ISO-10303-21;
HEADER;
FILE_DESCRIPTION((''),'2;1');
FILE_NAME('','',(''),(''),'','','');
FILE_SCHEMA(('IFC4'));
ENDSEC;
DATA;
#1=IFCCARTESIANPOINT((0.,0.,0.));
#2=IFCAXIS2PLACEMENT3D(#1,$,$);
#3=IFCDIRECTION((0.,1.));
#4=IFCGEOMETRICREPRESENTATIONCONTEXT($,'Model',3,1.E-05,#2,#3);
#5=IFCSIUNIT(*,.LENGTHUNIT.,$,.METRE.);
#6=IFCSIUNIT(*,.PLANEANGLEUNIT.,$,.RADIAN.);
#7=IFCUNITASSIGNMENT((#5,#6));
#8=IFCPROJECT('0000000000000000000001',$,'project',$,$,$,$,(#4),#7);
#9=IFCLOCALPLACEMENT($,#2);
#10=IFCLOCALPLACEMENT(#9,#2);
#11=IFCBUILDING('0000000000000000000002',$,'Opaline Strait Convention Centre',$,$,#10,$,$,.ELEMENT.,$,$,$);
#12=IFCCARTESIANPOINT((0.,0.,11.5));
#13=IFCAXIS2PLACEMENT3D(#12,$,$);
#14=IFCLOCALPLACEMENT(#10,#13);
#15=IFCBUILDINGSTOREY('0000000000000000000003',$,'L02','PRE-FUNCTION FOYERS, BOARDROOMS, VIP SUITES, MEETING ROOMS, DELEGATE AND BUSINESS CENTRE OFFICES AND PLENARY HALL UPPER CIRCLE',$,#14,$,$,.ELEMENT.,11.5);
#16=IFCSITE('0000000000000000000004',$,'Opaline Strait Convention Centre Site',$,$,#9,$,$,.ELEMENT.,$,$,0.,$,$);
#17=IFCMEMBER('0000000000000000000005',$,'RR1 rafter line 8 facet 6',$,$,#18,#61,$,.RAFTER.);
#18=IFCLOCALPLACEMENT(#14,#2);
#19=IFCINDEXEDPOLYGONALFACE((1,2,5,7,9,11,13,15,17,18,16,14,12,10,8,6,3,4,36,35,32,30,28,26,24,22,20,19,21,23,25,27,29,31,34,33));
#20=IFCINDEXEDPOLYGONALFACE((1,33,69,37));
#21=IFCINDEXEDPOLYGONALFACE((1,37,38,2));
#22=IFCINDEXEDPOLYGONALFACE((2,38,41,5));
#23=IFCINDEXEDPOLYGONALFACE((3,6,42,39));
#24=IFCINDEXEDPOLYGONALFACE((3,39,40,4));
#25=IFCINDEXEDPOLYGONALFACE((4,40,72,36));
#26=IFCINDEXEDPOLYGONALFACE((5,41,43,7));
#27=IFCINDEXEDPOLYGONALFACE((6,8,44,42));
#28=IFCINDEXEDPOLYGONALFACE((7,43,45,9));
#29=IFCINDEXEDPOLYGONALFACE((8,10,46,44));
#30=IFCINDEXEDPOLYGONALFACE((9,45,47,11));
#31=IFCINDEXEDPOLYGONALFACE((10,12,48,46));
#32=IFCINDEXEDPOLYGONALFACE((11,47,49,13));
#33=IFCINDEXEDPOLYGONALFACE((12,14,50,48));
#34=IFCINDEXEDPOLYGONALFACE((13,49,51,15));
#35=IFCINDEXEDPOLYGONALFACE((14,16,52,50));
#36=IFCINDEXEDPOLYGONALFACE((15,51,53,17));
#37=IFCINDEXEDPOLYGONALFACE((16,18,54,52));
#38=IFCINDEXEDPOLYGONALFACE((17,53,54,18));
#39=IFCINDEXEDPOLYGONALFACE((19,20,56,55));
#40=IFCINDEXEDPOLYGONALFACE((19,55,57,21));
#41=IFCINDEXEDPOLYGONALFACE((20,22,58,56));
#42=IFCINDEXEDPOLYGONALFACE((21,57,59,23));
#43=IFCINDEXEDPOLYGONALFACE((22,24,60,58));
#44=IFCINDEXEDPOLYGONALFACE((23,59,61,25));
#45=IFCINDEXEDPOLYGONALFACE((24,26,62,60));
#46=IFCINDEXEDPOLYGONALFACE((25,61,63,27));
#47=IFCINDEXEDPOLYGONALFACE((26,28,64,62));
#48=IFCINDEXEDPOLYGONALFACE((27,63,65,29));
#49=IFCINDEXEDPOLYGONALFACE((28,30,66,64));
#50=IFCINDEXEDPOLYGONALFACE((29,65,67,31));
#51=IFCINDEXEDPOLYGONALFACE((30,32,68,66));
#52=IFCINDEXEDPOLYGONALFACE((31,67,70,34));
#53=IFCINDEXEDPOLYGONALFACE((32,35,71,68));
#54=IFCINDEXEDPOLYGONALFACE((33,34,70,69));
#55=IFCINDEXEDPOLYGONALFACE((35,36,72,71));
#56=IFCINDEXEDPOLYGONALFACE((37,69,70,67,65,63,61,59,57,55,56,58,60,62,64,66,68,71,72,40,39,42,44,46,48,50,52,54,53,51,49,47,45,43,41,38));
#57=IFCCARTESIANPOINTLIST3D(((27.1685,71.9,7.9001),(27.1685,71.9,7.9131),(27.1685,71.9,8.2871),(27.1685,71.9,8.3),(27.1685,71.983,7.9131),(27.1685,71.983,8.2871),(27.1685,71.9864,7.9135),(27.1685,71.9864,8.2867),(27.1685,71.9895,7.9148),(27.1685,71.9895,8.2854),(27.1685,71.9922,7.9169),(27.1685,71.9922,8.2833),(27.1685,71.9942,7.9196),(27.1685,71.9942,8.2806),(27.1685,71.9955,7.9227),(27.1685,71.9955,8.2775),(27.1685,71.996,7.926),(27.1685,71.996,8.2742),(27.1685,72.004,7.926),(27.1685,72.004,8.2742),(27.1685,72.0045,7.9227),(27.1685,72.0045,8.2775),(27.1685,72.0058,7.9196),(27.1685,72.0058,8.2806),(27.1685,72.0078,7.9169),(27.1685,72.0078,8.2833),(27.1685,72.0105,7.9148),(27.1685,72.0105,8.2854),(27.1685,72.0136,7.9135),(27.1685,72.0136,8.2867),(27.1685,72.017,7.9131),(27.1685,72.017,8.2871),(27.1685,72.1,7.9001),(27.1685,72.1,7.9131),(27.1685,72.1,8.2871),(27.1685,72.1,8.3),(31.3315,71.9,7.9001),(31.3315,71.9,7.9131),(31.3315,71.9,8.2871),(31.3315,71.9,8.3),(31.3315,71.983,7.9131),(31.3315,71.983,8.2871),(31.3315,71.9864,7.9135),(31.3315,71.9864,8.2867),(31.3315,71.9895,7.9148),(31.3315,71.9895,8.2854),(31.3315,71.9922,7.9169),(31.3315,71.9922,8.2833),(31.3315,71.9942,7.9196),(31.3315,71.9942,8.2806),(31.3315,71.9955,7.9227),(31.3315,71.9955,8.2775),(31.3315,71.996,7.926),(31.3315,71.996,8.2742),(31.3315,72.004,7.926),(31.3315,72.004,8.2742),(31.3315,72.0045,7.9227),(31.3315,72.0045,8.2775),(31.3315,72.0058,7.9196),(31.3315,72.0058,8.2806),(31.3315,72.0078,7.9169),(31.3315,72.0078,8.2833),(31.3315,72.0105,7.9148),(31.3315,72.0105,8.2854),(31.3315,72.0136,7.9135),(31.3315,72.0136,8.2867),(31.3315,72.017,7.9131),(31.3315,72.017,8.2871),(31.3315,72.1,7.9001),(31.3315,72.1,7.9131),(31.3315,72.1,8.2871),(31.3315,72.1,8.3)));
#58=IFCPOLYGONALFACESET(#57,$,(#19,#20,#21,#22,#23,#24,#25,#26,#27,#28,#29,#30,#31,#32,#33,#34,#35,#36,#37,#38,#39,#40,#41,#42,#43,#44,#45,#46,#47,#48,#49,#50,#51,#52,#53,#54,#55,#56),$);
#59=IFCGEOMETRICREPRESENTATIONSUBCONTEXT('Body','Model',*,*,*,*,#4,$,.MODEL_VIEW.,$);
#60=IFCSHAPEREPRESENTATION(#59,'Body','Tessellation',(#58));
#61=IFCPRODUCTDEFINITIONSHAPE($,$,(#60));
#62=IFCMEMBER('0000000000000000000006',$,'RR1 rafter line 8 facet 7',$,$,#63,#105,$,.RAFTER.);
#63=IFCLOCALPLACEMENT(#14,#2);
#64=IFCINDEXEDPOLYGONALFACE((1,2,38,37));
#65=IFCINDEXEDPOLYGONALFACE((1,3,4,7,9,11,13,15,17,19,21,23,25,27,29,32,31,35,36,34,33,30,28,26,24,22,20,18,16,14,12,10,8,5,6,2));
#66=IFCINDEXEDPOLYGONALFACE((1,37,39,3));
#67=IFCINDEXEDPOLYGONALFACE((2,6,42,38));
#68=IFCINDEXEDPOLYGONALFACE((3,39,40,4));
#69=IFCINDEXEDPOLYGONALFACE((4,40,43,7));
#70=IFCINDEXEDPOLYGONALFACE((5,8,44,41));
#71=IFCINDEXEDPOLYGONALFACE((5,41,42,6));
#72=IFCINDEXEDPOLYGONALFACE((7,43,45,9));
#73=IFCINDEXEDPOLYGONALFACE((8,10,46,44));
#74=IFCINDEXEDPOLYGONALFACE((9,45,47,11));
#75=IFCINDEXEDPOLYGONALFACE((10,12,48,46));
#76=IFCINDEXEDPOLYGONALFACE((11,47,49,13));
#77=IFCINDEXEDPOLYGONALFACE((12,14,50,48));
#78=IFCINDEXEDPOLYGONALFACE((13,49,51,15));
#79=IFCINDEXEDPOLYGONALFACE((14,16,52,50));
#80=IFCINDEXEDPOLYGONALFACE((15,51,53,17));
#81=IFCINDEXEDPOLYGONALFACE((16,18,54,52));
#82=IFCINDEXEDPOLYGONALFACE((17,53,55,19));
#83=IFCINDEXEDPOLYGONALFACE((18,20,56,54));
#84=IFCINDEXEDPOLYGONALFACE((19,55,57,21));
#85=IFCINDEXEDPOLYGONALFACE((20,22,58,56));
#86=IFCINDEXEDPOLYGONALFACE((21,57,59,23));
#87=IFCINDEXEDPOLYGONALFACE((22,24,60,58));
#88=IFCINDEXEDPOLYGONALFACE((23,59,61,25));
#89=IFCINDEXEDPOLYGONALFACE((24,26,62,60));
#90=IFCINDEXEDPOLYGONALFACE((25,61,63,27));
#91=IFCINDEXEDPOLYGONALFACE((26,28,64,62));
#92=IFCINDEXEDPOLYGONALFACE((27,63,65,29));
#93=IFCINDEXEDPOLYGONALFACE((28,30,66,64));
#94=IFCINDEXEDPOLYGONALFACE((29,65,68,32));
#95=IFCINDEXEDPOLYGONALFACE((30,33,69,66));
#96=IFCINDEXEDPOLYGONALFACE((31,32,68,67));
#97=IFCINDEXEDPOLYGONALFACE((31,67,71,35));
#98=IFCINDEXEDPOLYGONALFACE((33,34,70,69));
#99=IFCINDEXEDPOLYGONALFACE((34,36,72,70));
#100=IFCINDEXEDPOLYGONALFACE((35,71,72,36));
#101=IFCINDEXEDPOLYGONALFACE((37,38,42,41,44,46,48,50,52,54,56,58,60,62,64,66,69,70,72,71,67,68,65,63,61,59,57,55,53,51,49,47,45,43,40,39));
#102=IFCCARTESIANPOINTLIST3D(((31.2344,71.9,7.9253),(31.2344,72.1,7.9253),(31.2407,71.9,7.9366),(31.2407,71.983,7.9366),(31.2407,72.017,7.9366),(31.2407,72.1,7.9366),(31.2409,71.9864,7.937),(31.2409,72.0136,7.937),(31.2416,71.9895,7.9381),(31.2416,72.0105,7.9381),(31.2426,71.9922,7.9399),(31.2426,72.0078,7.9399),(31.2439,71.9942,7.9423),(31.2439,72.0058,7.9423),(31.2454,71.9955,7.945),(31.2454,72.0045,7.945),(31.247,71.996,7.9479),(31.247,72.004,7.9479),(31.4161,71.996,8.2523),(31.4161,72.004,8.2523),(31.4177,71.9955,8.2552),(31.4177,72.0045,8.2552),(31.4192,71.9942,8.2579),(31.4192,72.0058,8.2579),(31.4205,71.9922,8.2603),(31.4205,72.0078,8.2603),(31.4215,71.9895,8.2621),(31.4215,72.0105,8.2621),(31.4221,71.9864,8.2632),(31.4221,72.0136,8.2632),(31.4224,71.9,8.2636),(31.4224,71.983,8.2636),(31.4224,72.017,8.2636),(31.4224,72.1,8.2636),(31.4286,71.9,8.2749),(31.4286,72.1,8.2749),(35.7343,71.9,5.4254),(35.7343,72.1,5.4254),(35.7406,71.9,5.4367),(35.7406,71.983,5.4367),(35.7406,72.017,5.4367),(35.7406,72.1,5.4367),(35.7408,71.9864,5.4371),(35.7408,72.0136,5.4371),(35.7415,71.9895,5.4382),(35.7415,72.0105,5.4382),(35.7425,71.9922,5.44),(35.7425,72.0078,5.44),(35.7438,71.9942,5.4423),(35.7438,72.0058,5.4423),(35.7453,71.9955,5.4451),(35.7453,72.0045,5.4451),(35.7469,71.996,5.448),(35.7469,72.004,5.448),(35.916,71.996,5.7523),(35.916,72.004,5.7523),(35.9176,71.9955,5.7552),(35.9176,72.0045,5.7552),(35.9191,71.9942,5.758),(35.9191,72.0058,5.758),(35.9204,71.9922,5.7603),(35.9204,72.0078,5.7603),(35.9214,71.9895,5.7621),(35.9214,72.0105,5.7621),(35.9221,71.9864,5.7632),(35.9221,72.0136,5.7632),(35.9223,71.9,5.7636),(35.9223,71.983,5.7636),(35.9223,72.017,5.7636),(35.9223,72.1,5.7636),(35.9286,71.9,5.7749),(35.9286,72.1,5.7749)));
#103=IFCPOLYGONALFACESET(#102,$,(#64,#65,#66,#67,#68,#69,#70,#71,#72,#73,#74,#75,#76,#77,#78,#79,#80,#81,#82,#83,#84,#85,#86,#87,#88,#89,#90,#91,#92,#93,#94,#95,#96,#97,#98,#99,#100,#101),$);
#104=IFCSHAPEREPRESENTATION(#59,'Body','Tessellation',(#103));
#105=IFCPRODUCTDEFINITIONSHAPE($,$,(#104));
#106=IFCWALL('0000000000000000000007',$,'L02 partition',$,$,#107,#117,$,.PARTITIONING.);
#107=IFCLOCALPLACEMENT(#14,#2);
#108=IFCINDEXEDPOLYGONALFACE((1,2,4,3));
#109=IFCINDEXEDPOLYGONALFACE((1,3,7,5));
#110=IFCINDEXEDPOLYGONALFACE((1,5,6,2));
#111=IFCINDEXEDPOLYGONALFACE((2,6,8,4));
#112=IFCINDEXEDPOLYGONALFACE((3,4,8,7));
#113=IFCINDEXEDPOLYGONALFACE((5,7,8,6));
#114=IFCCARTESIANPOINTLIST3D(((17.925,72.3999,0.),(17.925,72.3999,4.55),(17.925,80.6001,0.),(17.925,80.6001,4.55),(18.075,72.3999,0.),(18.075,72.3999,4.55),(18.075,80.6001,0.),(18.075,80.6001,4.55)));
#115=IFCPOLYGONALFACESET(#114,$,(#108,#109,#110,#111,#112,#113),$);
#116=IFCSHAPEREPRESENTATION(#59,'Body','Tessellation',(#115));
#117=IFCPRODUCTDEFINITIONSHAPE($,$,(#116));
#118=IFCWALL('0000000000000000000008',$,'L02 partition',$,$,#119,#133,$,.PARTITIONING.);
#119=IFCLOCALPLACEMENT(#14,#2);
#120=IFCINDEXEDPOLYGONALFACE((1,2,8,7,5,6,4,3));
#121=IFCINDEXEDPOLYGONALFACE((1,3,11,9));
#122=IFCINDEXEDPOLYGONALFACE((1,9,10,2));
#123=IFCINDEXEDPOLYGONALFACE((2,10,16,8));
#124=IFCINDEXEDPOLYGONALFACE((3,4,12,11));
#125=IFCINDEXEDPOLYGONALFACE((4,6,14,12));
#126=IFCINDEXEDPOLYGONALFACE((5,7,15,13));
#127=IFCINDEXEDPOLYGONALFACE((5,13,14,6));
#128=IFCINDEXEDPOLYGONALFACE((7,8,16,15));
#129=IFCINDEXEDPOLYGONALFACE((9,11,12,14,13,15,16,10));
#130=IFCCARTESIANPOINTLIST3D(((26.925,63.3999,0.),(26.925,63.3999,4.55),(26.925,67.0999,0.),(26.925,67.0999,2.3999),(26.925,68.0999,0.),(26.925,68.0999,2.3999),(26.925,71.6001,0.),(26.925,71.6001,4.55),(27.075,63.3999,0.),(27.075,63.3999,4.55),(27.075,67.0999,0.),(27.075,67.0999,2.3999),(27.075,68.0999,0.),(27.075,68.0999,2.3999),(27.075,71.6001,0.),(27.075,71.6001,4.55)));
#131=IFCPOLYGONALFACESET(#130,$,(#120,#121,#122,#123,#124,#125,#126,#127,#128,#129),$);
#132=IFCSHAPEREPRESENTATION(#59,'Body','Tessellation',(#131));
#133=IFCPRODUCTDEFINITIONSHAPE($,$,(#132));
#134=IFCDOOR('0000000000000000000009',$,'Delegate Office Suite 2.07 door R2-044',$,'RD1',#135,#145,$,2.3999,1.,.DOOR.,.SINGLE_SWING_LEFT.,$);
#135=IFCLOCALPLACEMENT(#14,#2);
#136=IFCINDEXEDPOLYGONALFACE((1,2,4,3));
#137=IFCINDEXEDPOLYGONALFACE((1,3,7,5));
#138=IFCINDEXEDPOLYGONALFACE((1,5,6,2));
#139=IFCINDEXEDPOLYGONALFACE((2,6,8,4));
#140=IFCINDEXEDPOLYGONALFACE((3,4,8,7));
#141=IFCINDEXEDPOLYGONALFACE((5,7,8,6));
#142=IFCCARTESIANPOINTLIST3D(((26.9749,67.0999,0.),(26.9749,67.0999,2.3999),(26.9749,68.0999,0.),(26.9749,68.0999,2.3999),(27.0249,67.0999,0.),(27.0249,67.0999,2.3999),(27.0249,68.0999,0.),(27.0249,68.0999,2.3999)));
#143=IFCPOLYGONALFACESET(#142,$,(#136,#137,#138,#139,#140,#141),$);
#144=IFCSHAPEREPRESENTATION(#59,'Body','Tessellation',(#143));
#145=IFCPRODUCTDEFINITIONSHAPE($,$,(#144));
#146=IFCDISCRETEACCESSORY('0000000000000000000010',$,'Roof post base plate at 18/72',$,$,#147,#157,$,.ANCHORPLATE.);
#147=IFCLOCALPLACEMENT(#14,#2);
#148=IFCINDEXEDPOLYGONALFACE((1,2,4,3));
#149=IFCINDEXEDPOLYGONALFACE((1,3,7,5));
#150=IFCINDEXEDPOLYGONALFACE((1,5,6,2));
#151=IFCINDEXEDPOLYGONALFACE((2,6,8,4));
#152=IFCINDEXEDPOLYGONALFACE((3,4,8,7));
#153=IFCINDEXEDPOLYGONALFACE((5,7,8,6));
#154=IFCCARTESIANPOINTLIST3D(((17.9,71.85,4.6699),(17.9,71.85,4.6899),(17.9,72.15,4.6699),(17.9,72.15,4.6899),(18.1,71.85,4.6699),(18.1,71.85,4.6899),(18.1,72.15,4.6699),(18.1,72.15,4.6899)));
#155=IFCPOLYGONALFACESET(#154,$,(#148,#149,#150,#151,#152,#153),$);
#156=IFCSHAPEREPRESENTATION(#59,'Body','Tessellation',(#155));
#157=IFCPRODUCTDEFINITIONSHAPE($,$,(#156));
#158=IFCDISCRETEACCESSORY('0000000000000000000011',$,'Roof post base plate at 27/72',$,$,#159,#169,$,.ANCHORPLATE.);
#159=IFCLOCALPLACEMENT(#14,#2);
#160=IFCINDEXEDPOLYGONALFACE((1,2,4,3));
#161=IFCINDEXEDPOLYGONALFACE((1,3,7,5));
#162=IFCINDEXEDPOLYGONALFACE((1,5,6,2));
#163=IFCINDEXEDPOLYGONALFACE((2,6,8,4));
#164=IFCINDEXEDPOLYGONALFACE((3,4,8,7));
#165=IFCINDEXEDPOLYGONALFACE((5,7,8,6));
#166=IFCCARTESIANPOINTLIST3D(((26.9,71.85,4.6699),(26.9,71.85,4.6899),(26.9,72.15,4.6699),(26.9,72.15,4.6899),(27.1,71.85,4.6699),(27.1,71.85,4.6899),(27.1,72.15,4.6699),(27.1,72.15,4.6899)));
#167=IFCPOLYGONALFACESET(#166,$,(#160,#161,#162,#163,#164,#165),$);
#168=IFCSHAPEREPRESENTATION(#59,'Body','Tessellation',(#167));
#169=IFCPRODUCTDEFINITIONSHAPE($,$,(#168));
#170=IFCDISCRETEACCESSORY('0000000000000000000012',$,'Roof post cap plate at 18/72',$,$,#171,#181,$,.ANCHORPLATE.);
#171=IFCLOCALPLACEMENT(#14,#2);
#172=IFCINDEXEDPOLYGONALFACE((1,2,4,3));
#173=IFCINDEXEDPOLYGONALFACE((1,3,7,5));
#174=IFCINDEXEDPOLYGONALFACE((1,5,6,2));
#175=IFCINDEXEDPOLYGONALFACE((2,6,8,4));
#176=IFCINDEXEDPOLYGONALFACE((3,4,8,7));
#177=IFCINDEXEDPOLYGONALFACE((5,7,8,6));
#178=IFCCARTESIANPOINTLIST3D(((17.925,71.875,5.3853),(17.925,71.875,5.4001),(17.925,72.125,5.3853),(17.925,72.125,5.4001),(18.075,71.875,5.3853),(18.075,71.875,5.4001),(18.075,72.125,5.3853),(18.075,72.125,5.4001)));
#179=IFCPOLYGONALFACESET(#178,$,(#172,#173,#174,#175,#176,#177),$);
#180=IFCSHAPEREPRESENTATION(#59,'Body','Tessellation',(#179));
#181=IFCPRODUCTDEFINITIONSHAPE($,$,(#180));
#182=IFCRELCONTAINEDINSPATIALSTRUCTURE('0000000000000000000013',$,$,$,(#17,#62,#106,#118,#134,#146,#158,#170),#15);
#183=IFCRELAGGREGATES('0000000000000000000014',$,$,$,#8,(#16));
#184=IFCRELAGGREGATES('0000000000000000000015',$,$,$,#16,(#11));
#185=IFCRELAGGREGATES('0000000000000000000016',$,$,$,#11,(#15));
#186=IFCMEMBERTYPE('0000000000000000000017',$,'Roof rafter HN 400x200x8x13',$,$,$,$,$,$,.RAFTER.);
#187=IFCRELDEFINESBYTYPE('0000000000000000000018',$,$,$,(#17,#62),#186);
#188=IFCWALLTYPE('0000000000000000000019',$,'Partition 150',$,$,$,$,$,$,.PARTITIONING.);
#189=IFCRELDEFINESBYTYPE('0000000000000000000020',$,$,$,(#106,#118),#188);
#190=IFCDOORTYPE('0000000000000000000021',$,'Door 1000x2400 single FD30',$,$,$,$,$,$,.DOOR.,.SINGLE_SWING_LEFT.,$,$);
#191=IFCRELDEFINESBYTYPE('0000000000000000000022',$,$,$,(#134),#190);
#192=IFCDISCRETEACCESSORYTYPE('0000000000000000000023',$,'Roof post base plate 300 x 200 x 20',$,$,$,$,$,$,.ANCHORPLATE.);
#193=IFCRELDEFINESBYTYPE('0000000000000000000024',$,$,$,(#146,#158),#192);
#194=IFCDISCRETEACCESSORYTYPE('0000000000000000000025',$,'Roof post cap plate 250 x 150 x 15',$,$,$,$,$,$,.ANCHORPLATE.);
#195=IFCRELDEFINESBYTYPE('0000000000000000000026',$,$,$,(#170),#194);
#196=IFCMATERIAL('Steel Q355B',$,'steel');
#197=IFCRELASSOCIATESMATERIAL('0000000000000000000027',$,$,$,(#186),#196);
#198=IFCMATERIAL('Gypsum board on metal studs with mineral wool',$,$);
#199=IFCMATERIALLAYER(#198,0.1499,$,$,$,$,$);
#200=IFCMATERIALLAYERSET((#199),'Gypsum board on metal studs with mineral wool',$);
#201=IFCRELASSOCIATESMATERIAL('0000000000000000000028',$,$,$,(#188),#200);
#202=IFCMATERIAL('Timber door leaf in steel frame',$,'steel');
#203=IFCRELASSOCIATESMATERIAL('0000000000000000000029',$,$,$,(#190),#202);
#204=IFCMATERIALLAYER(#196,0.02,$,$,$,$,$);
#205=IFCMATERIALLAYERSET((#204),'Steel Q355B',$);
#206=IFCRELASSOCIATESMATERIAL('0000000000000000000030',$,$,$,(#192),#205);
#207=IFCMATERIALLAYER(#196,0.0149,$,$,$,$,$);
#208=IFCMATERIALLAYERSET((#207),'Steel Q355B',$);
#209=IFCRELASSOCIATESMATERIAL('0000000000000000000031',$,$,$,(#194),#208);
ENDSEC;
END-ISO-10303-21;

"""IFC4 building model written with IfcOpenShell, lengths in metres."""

from ifc_helpers import new_model, si_unit, direction, frame, frame_2d, origin, origin_2d, place, context, subcontext, project, spatial, rectangle, i_section, extrude, material, layer, layer_set, material_profile, profile_set, type_object, element, fill, save


model = new_model("IFC4")

# Units and contexts
model_context = context("Model", 3, precision=1e-05, world=origin(), true_north=direction((0.0, 1.0)))
body_context = subcontext(model_context, "Body", "Model", "MODEL_VIEW")
ifc_project = project(units=[si_unit("LENGTHUNIT", "METRE"), si_unit("PLANEANGLEUNIT", "RADIAN")], contexts=[model_context])

# Site, building, storey
site_placement = place(None, origin())
site = spatial("IfcSite", under=ifc_project, at=site_placement, Name="Opaline Strait Convention Centre Site", CompositionType="ELEMENT", RefElevation=0.0)
building_placement = place(site_placement, origin())
building = spatial("IfcBuilding", under=site, at=building_placement, Name="Opaline Strait Convention Centre", CompositionType="ELEMENT")
storey_placement = place(building_placement, frame((0.0, 0.0, 11.5)))
storey = spatial("IfcBuildingStorey", under=building, at=storey_placement, Name="L02", Description="PRE-FUNCTION FOYERS, BOARDROOMS, VIP SUITES, MEETING ROOMS, DELEGATE AND BUSINESS CENTRE OFFICES AND PLENARY HALL UPPER CIRCLE", CompositionType="ELEMENT", Elevation=11.5)

# Shared definitions
ifc_material_1 = material(Name="Steel Q355B", Category="steel")

# Members
ifc_material_profile_1 = material_profile(ifc_material_1, i_section(OverallWidth=0.2, OverallDepth=0.3999, WebThickness=0.0081, FlangeThickness=0.0129, FilletRadius=0.0129, at=origin_2d()), Name="HN 400x200x8x13")
ifc_profile_set_1 = profile_set([ifc_material_profile_1], Name="Steel Q355B")
member_type_1 = type_object("IfcMemberType", Name="Roof rafter HN 400x200x8x13", PredefinedType="RAFTER", material=ifc_profile_set_1)
member_1_placement = place(storey_placement, frame((27.1685, 72.0, 8.1001), z_axis=(1.0, 0.0, 0.0), x_axis=(0.0, 1.0, 0.0)))
element("IfcMember", 1, at=member_1_placement, inside=storey, type_object=member_type_1, Name="RR1 rafter line 8 facet 6", PredefinedType="RAFTER", context=body_context, shape_type="SweptSolid", body=[
    extrude(i_section(OverallWidth=0.2, OverallDepth=0.3999, WebThickness=0.0081, FlangeThickness=0.0129, FilletRadius=0.0129, at=origin_2d()), origin(), (0.0, 0.0, 1.0), 4.1631),
])
member_2_placement = place(storey_placement, frame((31.3315, 72.0, 8.1001), z_axis=(0.874157, 0.0, -0.485643), x_axis=(0.0, 1.0, 0.0)))
element("IfcMember", 2, at=member_2_placement, inside=storey, type_object=member_type_1, Name="RR1 rafter line 8 facet 7", PredefinedType="RAFTER", context=body_context, shape_type="SweptSolid", body=[
    extrude(i_section(OverallWidth=0.2, OverallDepth=0.3999, WebThickness=0.0081, FlangeThickness=0.0129, FilletRadius=0.0129, at=origin_2d()), origin(), (0.0, 0.0, 1.0), 5.1477),
])

# Wall
ifc_material_2 = material(Name="Gypsum board on metal studs with mineral wool")
ifc_layer_1 = layer(ifc_material_2, 0.1499)
ifc_layer_set_1 = layer_set([ifc_layer_1], Name="Gypsum board on metal studs with mineral wool")
wall_type = type_object("IfcWallType", Name="Partition 150", PredefinedType="PARTITIONING", material=ifc_layer_set_1)
wall_1_placement = place(storey_placement, frame((18.0, 72.3999, 0.0), z_axis=(0.0, 0.0, 1.0), x_axis=(0.0, 1.0, 0.0)))
element("IfcWall", 3, at=wall_1_placement, inside=storey, type_object=wall_type, Name="L02 partition", PredefinedType="PARTITIONING", context=body_context, shape_type="SweptSolid", body=[
    extrude(rectangle(XDim=8.2002, YDim=0.1499, at=frame_2d((4.1001, 0.0))), origin(), (0.0, 0.0, 1.0), 4.55),
])

# Wall, opening, door
wall_2_placement = place(storey_placement, frame((27.0, 63.3999, 0.0), z_axis=(0.0, 0.0, 1.0), x_axis=(0.0, 1.0, 0.0)))
wall_2 = element("IfcWall", 4, at=wall_2_placement, inside=storey, type_object=wall_type, Name="L02 partition", PredefinedType="PARTITIONING", context=body_context, shape_type="SweptSolid", body=[
    extrude(rectangle(XDim=8.2002, YDim=0.1499, at=frame_2d((4.1001, 0.0))), origin(), (0.0, 0.0, 1.0), 4.55),
])
opening_placement = place(wall_2_placement, frame((3.7, 0.0, 0.0)))
opening = element("IfcOpeningElement", 5, at=opening_placement, cuts=wall_2, PredefinedType="OPENING", context=body_context, shape_type="SweptSolid", body=[
    extrude(rectangle(XDim=1.0, YDim=2.3999, at=frame_2d((0.5, 1.2))), frame((0.0, 0.085, 0.0), z_axis=(0.0, -1.0, 0.0), x_axis=(1.0, 0.0, 0.0)), (0.0, 0.0, 1.0), 0.1699),
])
ifc_material_3 = material(Name="Timber door leaf in steel frame", Category="steel")
door_type = type_object("IfcDoorType", Name="Door 1000x2400 single FD30", OperationType="SINGLE_SWING_LEFT", PredefinedType="DOOR", material=ifc_material_3)
door_placement = place(opening_placement, frame((1.0, 0.0, 0.0), z_axis=(0.0, 0.0, 1.0), x_axis=(-1.0, 0.0, 0.0)))
door = element("IfcDoor", 6, at=door_placement, inside=storey, type_object=door_type, Name="Delegate Office Suite 2.07 door R2-044", ObjectType="RD1", OperationType="SINGLE_SWING_LEFT", OverallHeight=2.3999, OverallWidth=1.0, PredefinedType="DOOR", context=body_context, shape_type="SweptSolid", body=[
    extrude(rectangle(XDim=1.0, YDim=2.3999, at=frame_2d((0.5, 1.2))), frame((0.0, 0.0249, 0.0), z_axis=(0.0, -1.0, 0.0), x_axis=(1.0, 0.0, 0.0)), (0.0, 0.0, 1.0), 0.05),
])
fill(opening, door)

# Discrete accessories
ifc_layer_2 = layer(ifc_material_1, 0.02)
ifc_layer_set_2 = layer_set([ifc_layer_2], Name="Steel Q355B")
discrete_accessory_type_1 = type_object("IfcDiscreteAccessoryType", Name="Roof post base plate 300 x 200 x 20", PredefinedType="ANCHORPLATE", material=ifc_layer_set_2)
for number, where, z_axis, x_axis, name in (
    (7, (18.0, 72.0, 4.6699), (0.0, 0.0, 1.0), (1.0, 0.0, 0.0), "Roof post base plate at 18/72"),
    (8, (27.0, 72.0, 4.6699), (0.0, 0.0, 1.0), (1.0, 0.0, 0.0), "Roof post base plate at 27/72"),
):
    element("IfcDiscreteAccessory", number, at=place(storey_placement, frame(where, z_axis=z_axis, x_axis=x_axis)), inside=storey, type_object=discrete_accessory_type_1, Name=name, PredefinedType="ANCHORPLATE", context=body_context, shape_type="SweptSolid", body=[
        extrude(rectangle(XDim=0.2, YDim=0.3, at=origin_2d()), origin(), (0.0, 0.0, 1.0), 0.02),
    ])
ifc_layer_3 = layer(ifc_material_1, 0.0149)
ifc_layer_set_3 = layer_set([ifc_layer_3], Name="Steel Q355B")
discrete_accessory_type_2 = type_object("IfcDiscreteAccessoryType", Name="Roof post cap plate 250 x 150 x 15", PredefinedType="ANCHORPLATE", material=ifc_layer_set_3)
for number, where, z_axis, x_axis, name in (
    (9, (18.0, 72.0, 5.3853), (0.0, 0.0, 1.0), (1.0, 0.0, 0.0), "Roof post cap plate at 18/72"),
):
    element("IfcDiscreteAccessory", number, at=place(storey_placement, frame(where, z_axis=z_axis, x_axis=x_axis)), inside=storey, type_object=discrete_accessory_type_2, Name=name, PredefinedType="ANCHORPLATE", context=body_context, shape_type="SweptSolid", body=[
        extrude(rectangle(XDim=0.1499, YDim=0.25, at=origin_2d()), origin(), (0.0, 0.0, 1.0), 0.0149),
    ])

save(model, "model.ifc")
